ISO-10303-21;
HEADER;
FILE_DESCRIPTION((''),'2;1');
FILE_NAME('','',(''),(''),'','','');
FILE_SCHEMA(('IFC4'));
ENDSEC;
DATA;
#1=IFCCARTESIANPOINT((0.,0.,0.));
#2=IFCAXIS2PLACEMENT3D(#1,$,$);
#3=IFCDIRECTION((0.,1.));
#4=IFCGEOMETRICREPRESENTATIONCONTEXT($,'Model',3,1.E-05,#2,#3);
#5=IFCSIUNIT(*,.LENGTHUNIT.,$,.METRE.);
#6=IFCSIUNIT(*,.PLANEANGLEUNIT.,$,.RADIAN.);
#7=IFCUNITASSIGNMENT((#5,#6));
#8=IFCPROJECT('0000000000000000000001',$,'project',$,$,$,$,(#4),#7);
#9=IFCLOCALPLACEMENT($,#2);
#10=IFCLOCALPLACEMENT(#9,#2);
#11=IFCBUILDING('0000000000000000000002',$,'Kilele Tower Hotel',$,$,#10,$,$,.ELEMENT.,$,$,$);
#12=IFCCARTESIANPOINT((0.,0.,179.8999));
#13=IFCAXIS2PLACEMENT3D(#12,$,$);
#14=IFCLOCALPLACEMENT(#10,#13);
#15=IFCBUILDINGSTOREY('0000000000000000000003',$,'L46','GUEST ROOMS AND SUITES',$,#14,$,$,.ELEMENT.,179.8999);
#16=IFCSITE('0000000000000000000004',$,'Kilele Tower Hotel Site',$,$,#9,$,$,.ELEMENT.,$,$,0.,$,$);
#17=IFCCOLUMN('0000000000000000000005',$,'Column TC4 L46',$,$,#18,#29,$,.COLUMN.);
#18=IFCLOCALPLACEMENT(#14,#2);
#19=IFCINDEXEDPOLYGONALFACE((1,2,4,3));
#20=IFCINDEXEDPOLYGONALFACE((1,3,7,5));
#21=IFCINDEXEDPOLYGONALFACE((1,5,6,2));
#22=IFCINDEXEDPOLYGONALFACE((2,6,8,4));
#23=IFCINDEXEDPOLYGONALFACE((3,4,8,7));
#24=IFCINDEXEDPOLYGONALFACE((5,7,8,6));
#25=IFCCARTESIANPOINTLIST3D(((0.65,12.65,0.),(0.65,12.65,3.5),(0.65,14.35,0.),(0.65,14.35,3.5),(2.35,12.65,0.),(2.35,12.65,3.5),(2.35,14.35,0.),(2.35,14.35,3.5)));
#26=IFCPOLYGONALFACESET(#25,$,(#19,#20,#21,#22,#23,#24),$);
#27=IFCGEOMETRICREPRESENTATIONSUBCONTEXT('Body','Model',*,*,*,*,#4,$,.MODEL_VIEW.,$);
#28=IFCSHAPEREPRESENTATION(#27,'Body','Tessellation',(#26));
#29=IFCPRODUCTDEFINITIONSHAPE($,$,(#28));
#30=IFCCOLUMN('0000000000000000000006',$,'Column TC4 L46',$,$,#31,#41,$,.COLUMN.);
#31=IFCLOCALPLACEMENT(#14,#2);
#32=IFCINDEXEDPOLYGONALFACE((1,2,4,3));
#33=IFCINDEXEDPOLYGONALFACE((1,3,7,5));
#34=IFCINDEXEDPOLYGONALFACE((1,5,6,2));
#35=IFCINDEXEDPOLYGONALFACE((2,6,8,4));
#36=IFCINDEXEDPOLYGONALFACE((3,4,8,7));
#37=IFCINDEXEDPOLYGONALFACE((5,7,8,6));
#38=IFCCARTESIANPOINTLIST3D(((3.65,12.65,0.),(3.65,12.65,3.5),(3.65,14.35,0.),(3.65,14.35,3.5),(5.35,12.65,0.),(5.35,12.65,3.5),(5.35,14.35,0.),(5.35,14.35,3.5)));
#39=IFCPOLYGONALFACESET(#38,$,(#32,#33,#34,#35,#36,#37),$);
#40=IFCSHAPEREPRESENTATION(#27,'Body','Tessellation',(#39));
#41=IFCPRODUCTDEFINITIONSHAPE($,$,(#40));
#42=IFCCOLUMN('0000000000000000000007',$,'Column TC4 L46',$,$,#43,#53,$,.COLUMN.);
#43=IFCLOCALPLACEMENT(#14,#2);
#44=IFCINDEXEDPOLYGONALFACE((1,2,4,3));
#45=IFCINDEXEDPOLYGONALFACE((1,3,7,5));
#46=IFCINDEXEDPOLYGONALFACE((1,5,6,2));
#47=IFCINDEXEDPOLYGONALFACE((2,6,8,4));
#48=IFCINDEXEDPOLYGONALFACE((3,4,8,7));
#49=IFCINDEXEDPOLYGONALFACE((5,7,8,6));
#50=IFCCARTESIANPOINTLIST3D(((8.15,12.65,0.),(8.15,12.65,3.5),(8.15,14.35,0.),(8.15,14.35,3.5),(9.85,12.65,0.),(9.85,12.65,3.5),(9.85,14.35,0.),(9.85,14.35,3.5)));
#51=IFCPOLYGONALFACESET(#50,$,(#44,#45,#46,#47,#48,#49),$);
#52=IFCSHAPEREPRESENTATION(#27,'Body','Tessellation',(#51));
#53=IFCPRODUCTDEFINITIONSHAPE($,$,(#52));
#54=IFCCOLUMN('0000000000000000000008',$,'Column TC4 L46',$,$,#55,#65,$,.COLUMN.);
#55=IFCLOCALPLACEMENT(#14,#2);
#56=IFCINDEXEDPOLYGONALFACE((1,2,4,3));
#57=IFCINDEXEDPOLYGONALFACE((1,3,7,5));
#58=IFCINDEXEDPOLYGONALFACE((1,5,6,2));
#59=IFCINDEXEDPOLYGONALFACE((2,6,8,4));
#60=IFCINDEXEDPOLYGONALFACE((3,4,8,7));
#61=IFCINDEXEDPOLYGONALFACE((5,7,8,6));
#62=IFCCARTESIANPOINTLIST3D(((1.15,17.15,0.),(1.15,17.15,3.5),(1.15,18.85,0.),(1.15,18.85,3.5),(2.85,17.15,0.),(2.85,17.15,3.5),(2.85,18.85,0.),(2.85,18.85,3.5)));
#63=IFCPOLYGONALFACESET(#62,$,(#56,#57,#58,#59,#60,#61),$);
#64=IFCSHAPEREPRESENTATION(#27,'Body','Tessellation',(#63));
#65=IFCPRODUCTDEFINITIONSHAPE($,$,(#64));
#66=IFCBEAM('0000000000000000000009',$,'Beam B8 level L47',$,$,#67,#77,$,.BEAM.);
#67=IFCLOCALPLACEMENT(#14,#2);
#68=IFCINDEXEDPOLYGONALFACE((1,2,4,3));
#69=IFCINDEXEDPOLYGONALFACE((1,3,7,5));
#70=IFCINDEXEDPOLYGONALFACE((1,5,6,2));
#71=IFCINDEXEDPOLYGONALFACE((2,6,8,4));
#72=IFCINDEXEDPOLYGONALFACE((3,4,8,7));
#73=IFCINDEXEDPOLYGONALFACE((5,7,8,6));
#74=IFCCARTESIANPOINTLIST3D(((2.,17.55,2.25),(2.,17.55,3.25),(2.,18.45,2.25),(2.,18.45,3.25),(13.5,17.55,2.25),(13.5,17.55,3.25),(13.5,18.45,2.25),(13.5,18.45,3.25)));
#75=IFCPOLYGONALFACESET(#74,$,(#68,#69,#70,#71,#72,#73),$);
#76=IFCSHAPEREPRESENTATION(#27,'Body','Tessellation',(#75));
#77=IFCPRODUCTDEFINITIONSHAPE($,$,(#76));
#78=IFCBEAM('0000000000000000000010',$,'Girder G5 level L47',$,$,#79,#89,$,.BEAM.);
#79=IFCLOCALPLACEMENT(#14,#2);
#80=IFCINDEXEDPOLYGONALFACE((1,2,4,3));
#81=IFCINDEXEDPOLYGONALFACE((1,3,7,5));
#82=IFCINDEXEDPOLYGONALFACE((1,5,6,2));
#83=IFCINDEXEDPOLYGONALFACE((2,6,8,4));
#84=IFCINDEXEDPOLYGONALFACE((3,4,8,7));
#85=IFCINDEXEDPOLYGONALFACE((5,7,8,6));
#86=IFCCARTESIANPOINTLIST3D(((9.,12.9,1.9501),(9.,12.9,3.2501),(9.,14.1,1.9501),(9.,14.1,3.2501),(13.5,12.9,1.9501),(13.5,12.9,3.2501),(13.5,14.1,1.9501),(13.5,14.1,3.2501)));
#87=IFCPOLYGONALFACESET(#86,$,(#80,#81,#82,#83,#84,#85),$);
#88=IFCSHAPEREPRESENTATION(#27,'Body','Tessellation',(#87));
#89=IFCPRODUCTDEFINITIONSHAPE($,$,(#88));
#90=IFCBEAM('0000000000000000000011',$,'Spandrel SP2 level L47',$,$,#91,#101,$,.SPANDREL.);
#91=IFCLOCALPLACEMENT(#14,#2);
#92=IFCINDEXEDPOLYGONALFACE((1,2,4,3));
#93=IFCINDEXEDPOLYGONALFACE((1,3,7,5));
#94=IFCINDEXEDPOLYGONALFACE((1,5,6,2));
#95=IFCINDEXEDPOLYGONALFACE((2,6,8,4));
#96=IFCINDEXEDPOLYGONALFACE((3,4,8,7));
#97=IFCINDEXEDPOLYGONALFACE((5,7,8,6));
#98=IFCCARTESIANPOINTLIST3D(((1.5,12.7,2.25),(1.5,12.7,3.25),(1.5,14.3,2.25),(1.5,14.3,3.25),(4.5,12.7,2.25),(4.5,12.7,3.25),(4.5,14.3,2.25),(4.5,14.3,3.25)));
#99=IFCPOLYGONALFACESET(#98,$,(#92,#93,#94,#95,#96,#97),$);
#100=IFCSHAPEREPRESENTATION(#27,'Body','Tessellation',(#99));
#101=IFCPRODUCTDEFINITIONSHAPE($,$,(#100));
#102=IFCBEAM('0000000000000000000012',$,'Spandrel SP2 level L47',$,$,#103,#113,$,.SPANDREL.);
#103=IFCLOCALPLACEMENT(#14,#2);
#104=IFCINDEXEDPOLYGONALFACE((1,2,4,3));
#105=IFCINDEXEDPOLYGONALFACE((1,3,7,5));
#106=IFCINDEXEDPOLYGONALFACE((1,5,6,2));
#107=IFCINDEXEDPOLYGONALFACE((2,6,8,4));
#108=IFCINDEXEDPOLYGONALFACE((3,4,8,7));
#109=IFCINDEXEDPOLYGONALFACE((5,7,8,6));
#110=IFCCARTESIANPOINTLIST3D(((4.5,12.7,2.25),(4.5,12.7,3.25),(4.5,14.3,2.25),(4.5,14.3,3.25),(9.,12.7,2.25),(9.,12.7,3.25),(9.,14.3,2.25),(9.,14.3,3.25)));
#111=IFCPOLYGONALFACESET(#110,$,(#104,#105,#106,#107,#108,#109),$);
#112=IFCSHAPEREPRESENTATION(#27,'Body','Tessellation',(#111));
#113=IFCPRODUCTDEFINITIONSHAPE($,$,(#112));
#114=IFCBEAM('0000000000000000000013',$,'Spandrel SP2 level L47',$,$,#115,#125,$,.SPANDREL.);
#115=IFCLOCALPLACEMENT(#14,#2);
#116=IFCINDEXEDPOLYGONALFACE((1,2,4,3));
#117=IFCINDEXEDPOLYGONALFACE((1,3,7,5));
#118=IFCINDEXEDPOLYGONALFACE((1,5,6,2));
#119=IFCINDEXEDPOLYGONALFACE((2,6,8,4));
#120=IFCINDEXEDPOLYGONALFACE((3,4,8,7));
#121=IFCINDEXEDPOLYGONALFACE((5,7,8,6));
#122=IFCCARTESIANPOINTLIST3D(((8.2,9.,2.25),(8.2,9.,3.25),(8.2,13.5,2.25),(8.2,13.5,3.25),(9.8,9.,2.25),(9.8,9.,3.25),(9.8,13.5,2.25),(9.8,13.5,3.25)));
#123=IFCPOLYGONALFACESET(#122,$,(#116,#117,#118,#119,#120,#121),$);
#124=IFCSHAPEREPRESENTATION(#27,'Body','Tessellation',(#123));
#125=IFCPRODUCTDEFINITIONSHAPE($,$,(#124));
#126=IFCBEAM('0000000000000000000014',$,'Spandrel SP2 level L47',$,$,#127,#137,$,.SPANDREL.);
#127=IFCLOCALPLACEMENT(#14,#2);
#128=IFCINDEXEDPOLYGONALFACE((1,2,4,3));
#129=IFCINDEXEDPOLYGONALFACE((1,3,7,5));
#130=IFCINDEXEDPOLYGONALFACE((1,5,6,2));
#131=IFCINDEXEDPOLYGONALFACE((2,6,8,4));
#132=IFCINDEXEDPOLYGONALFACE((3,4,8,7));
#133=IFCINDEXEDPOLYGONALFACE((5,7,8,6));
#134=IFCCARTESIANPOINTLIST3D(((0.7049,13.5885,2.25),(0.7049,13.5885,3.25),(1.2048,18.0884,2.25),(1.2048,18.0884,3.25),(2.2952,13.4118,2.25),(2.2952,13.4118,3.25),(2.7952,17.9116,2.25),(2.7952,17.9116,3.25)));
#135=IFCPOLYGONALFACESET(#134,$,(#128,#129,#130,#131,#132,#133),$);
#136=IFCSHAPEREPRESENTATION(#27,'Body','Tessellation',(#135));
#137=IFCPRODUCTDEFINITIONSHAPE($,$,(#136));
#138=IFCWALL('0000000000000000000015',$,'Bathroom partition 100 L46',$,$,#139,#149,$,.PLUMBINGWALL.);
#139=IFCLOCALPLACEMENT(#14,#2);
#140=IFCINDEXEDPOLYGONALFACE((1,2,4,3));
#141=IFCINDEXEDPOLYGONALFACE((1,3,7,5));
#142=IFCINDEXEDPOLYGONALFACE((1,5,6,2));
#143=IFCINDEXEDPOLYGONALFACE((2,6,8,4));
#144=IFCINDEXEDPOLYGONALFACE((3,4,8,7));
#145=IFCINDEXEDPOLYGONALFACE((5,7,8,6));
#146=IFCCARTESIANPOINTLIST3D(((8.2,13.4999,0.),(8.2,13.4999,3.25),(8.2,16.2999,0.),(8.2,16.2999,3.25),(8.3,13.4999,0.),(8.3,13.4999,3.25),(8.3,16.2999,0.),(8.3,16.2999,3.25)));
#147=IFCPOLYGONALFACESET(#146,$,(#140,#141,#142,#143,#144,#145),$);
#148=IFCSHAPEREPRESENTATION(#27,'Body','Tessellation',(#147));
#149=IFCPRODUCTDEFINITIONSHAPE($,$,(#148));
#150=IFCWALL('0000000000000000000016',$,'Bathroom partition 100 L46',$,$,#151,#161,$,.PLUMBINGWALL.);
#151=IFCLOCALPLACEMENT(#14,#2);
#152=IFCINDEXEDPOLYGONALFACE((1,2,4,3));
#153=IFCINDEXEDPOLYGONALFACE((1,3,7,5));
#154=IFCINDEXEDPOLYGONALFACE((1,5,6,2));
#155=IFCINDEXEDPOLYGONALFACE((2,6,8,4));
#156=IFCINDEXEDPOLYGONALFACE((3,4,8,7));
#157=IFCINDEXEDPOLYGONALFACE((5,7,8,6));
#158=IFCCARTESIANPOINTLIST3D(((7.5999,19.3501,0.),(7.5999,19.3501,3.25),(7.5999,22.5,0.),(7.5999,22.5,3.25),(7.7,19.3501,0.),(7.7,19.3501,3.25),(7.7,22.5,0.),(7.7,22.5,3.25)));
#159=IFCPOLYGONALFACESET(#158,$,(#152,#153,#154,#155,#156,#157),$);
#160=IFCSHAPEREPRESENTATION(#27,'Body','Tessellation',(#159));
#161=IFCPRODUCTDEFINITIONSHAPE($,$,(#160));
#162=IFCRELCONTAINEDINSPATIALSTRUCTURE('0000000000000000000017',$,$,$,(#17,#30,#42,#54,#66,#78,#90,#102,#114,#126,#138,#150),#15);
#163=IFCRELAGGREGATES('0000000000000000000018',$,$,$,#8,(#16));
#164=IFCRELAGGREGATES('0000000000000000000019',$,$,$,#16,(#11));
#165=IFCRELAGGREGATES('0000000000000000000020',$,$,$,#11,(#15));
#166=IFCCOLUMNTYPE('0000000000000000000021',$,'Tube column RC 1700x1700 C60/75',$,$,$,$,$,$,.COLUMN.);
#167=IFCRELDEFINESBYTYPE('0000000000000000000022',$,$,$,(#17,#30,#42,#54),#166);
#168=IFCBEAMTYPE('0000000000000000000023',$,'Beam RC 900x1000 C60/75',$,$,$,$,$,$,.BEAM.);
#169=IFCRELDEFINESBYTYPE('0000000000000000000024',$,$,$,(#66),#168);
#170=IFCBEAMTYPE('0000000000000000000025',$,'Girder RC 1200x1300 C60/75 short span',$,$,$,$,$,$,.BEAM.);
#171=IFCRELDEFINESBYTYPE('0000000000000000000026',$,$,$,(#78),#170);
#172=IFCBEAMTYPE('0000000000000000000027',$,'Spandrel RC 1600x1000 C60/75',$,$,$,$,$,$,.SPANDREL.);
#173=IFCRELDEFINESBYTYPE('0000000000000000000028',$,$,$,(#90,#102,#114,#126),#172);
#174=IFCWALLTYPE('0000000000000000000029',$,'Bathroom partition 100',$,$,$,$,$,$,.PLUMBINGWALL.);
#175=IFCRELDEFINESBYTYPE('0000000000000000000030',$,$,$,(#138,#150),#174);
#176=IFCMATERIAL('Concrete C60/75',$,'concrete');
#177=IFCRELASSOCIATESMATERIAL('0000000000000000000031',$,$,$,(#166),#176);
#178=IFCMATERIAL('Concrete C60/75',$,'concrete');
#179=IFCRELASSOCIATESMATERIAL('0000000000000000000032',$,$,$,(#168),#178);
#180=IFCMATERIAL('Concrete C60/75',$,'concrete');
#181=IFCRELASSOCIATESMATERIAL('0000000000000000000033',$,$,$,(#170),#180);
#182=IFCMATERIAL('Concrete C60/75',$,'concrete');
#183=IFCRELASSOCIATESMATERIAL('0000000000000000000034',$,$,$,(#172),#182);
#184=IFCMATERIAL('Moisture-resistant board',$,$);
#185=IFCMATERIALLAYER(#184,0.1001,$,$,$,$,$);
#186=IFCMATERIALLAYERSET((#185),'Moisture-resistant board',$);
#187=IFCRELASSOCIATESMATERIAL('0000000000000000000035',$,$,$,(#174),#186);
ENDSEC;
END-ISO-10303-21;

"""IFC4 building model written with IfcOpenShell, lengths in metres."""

from ifc_helpers import new_model, si_unit, direction, frame, frame_2d, origin, origin_2d, place, context, subcontext, project, spatial, rectangle, extrude, material, layer, layer_set, material_profile, profile_set, type_object, element, save


model = new_model("IFC4")

# Units and contexts
model_context = context("Model", 3, precision=1e-05, world=origin(), true_north=direction((0.0, 1.0)))
body_context = subcontext(model_context, "Body", "Model", "MODEL_VIEW")
ifc_project = project(units=[si_unit("LENGTHUNIT", "METRE"), si_unit("PLANEANGLEUNIT", "RADIAN")], contexts=[model_context])

# Site, building, storey
site_placement = place(None, origin())
site = spatial("IfcSite", under=ifc_project, at=site_placement, Name="Kilele Tower Hotel Site", CompositionType="ELEMENT", RefElevation=0.0)
building_placement = place(site_placement, origin())
building = spatial("IfcBuilding", under=site, at=building_placement, Name="Kilele Tower Hotel", CompositionType="ELEMENT")
storey_placement = place(building_placement, frame((0.0, 0.0, 179.8999)))
storey = spatial("IfcBuildingStorey", under=building, at=storey_placement, Name="L46", Description="GUEST ROOMS AND SUITES", CompositionType="ELEMENT", Elevation=179.8999)

# Columns
ifc_material_1 = material(Name="Concrete C60/75", Category="concrete")
ifc_material_profile_1 = material_profile(ifc_material_1, rectangle(XDim=1.7, YDim=1.7, at=origin_2d()))
ifc_profile_set_1 = profile_set([ifc_material_profile_1], Name="Concrete C60/75")
column_type = type_object("IfcColumnType", Name="Tube column RC 1700x1700 C60/75", PredefinedType="COLUMN", material=ifc_profile_set_1)
for number, where, z_axis, x_axis, name in (
    (1, (1.5, 13.5, 0.0), (0.0, 0.0, 1.0), (1.0, 0.0, 0.0), "Column TC4 L46"),
    (2, (4.5, 13.5, 0.0), (0.0, 0.0, 1.0), (1.0, 0.0, 0.0), "Column TC4 L46"),
    (3, (9.0, 13.5, 0.0), (0.0, 0.0, 1.0), (1.0, 0.0, 0.0), "Column TC4 L46"),
    (4, (2.0, 18.0, 0.0), (0.0, 0.0, 1.0), (1.0, 0.0, 0.0), "Column TC4 L46"),
):
    element("IfcColumn", number, at=place(storey_placement, frame(where, z_axis=z_axis, x_axis=x_axis)), inside=storey, type_object=column_type, Name=name, PredefinedType="COLUMN", context=body_context, shape_type="SweptSolid", body=[
        extrude(rectangle(XDim=1.7, YDim=1.7, at=origin_2d()), origin(), (0.0, 0.0, 1.0), 3.5),
    ])

# Beams
ifc_material_2 = material(Name="Concrete C60/75", Category="concrete")
ifc_material_profile_2 = material_profile(ifc_material_2, rectangle(XDim=0.8999, YDim=1.0, at=origin_2d()))
ifc_profile_set_2 = profile_set([ifc_material_profile_2], Name="Concrete C60/75")
beam_type_1 = type_object("IfcBeamType", Name="Beam RC 900x1000 C60/75", PredefinedType="BEAM", material=ifc_profile_set_2)
beam_1_placement = place(storey_placement, frame((2.0, 18.0, 2.75), z_axis=(1.0, 0.0, 0.0), x_axis=(0.0, 1.0, 0.0)))
element("IfcBeam", 5, at=beam_1_placement, inside=storey, type_object=beam_type_1, Name="Beam B8 level L47", PredefinedType="BEAM", context=body_context, shape_type="SweptSolid", body=[
    extrude(rectangle(XDim=0.8999, YDim=1.0, at=origin_2d()), origin(), (0.0, 0.0, 1.0), 11.5),
])
ifc_material_3 = material(Name="Concrete C60/75", Category="concrete")
ifc_material_profile_3 = material_profile(ifc_material_3, rectangle(XDim=1.2, YDim=1.3, at=origin_2d()))
ifc_profile_set_3 = profile_set([ifc_material_profile_3], Name="Concrete C60/75")
beam_type_2 = type_object("IfcBeamType", Name="Girder RC 1200x1300 C60/75 short span", PredefinedType="BEAM", material=ifc_profile_set_3)
beam_2_placement = place(storey_placement, frame((9.0, 13.5, 2.6001), z_axis=(1.0, 0.0, 0.0), x_axis=(0.0, 1.0, 0.0)))
element("IfcBeam", 6, at=beam_2_placement, inside=storey, type_object=beam_type_2, Name="Girder G5 level L47", PredefinedType="BEAM", context=body_context, shape_type="SweptSolid", body=[
    extrude(rectangle(XDim=1.2, YDim=1.3, at=origin_2d()), origin(), (0.0, 0.0, 1.0), 4.5),
])
ifc_material_4 = material(Name="Concrete C60/75", Category="concrete")
ifc_material_profile_4 = material_profile(ifc_material_4, rectangle(XDim=1.6001, YDim=1.0, at=origin_2d()))
ifc_profile_set_4 = profile_set([ifc_material_profile_4], Name="Concrete C60/75")
beam_type_3 = type_object("IfcBeamType", Name="Spandrel RC 1600x1000 C60/75", PredefinedType="SPANDREL", material=ifc_profile_set_4)
beam_3_placement = place(storey_placement, frame((1.5, 13.5, 2.75), z_axis=(1.0, 0.0, 0.0), x_axis=(0.0, 1.0, 0.0)))
element("IfcBeam", 7, at=beam_3_placement, inside=storey, type_object=beam_type_3, Name="Spandrel SP2 level L47", PredefinedType="SPANDREL", context=body_context, shape_type="SweptSolid", body=[
    extrude(rectangle(XDim=1.6001, YDim=1.0, at=origin_2d()), origin(), (0.0, 0.0, 1.0), 3.0),
])
for number, where, z_axis, x_axis, name in (
    (8, (4.5, 13.5, 2.75), (1.0, 0.0, 0.0), (0.0, 1.0, 0.0), "Spandrel SP2 level L47"),
    (9, (9.0, 13.5, 2.75), (0.0, -1.0, 0.0), (1.0, 0.0, 0.0), "Spandrel SP2 level L47"),
):
    element("IfcBeam", number, at=place(storey_placement, frame(where, z_axis=z_axis, x_axis=x_axis)), inside=storey, type_object=beam_type_3, Name=name, PredefinedType="SPANDREL", context=body_context, shape_type="SweptSolid", body=[
        extrude(rectangle(XDim=1.6001, YDim=1.0, at=origin_2d()), origin(), (0.0, 0.0, 1.0), 4.5),
    ])
beam_4_placement = place(storey_placement, frame((2.0, 18.0, 2.75), z_axis=(-0.110432, -0.993884, 0.0), x_axis=(0.993884, -0.110432, 0.0)))
element("IfcBeam", 10, at=beam_4_placement, inside=storey, type_object=beam_type_3, Name="Spandrel SP2 level L47", PredefinedType="SPANDREL", context=body_context, shape_type="SweptSolid", body=[
    extrude(rectangle(XDim=1.6001, YDim=1.0, at=origin_2d()), origin(), (0.0, 0.0, 1.0), 4.5276),
])

# Walls
ifc_material_5 = material(Name="Moisture-resistant board")
ifc_layer_1 = layer(ifc_material_5, 0.1001)
ifc_layer_set_1 = layer_set([ifc_layer_1], Name="Moisture-resistant board")
wall_type_1 = type_object("IfcWallType", Name="Bathroom partition 100", PredefinedType="PLUMBINGWALL", material=ifc_layer_set_1)
wall_1_placement = place(storey_placement, frame((8.25, 13.5, 0.0), z_axis=(0.0, 0.0, 1.0), x_axis=(0.0, 1.0, 0.0)))
element("IfcWall", 11, at=wall_1_placement, inside=storey, type_object=wall_type_1, Name="Bathroom partition 100 L46", PredefinedType="PLUMBINGWALL", context=body_context, shape_type="SweptSolid", body=[
    extrude(rectangle(XDim=2.8, YDim=0.1001, at=frame_2d((1.3999, 0.0))), origin(), (0.0, 0.0, 1.0), 3.25),
])
wall_2_placement = place(storey_placement, frame((7.6499, 19.3501, 0.0), z_axis=(0.0, 0.0, 1.0), x_axis=(0.0, 1.0, 0.0)))
element("IfcWall", 12, at=wall_2_placement, inside=storey, type_object=wall_type_1, Name="Bathroom partition 100 L46", PredefinedType="PLUMBINGWALL", context=body_context, shape_type="SweptSolid", body=[
    extrude(rectangle(XDim=3.1499, YDim=0.1001, at=frame_2d((1.575, 0.0))), origin(), (0.0, 0.0, 1.0), 3.25),
])

save(model, "model.ifc")
